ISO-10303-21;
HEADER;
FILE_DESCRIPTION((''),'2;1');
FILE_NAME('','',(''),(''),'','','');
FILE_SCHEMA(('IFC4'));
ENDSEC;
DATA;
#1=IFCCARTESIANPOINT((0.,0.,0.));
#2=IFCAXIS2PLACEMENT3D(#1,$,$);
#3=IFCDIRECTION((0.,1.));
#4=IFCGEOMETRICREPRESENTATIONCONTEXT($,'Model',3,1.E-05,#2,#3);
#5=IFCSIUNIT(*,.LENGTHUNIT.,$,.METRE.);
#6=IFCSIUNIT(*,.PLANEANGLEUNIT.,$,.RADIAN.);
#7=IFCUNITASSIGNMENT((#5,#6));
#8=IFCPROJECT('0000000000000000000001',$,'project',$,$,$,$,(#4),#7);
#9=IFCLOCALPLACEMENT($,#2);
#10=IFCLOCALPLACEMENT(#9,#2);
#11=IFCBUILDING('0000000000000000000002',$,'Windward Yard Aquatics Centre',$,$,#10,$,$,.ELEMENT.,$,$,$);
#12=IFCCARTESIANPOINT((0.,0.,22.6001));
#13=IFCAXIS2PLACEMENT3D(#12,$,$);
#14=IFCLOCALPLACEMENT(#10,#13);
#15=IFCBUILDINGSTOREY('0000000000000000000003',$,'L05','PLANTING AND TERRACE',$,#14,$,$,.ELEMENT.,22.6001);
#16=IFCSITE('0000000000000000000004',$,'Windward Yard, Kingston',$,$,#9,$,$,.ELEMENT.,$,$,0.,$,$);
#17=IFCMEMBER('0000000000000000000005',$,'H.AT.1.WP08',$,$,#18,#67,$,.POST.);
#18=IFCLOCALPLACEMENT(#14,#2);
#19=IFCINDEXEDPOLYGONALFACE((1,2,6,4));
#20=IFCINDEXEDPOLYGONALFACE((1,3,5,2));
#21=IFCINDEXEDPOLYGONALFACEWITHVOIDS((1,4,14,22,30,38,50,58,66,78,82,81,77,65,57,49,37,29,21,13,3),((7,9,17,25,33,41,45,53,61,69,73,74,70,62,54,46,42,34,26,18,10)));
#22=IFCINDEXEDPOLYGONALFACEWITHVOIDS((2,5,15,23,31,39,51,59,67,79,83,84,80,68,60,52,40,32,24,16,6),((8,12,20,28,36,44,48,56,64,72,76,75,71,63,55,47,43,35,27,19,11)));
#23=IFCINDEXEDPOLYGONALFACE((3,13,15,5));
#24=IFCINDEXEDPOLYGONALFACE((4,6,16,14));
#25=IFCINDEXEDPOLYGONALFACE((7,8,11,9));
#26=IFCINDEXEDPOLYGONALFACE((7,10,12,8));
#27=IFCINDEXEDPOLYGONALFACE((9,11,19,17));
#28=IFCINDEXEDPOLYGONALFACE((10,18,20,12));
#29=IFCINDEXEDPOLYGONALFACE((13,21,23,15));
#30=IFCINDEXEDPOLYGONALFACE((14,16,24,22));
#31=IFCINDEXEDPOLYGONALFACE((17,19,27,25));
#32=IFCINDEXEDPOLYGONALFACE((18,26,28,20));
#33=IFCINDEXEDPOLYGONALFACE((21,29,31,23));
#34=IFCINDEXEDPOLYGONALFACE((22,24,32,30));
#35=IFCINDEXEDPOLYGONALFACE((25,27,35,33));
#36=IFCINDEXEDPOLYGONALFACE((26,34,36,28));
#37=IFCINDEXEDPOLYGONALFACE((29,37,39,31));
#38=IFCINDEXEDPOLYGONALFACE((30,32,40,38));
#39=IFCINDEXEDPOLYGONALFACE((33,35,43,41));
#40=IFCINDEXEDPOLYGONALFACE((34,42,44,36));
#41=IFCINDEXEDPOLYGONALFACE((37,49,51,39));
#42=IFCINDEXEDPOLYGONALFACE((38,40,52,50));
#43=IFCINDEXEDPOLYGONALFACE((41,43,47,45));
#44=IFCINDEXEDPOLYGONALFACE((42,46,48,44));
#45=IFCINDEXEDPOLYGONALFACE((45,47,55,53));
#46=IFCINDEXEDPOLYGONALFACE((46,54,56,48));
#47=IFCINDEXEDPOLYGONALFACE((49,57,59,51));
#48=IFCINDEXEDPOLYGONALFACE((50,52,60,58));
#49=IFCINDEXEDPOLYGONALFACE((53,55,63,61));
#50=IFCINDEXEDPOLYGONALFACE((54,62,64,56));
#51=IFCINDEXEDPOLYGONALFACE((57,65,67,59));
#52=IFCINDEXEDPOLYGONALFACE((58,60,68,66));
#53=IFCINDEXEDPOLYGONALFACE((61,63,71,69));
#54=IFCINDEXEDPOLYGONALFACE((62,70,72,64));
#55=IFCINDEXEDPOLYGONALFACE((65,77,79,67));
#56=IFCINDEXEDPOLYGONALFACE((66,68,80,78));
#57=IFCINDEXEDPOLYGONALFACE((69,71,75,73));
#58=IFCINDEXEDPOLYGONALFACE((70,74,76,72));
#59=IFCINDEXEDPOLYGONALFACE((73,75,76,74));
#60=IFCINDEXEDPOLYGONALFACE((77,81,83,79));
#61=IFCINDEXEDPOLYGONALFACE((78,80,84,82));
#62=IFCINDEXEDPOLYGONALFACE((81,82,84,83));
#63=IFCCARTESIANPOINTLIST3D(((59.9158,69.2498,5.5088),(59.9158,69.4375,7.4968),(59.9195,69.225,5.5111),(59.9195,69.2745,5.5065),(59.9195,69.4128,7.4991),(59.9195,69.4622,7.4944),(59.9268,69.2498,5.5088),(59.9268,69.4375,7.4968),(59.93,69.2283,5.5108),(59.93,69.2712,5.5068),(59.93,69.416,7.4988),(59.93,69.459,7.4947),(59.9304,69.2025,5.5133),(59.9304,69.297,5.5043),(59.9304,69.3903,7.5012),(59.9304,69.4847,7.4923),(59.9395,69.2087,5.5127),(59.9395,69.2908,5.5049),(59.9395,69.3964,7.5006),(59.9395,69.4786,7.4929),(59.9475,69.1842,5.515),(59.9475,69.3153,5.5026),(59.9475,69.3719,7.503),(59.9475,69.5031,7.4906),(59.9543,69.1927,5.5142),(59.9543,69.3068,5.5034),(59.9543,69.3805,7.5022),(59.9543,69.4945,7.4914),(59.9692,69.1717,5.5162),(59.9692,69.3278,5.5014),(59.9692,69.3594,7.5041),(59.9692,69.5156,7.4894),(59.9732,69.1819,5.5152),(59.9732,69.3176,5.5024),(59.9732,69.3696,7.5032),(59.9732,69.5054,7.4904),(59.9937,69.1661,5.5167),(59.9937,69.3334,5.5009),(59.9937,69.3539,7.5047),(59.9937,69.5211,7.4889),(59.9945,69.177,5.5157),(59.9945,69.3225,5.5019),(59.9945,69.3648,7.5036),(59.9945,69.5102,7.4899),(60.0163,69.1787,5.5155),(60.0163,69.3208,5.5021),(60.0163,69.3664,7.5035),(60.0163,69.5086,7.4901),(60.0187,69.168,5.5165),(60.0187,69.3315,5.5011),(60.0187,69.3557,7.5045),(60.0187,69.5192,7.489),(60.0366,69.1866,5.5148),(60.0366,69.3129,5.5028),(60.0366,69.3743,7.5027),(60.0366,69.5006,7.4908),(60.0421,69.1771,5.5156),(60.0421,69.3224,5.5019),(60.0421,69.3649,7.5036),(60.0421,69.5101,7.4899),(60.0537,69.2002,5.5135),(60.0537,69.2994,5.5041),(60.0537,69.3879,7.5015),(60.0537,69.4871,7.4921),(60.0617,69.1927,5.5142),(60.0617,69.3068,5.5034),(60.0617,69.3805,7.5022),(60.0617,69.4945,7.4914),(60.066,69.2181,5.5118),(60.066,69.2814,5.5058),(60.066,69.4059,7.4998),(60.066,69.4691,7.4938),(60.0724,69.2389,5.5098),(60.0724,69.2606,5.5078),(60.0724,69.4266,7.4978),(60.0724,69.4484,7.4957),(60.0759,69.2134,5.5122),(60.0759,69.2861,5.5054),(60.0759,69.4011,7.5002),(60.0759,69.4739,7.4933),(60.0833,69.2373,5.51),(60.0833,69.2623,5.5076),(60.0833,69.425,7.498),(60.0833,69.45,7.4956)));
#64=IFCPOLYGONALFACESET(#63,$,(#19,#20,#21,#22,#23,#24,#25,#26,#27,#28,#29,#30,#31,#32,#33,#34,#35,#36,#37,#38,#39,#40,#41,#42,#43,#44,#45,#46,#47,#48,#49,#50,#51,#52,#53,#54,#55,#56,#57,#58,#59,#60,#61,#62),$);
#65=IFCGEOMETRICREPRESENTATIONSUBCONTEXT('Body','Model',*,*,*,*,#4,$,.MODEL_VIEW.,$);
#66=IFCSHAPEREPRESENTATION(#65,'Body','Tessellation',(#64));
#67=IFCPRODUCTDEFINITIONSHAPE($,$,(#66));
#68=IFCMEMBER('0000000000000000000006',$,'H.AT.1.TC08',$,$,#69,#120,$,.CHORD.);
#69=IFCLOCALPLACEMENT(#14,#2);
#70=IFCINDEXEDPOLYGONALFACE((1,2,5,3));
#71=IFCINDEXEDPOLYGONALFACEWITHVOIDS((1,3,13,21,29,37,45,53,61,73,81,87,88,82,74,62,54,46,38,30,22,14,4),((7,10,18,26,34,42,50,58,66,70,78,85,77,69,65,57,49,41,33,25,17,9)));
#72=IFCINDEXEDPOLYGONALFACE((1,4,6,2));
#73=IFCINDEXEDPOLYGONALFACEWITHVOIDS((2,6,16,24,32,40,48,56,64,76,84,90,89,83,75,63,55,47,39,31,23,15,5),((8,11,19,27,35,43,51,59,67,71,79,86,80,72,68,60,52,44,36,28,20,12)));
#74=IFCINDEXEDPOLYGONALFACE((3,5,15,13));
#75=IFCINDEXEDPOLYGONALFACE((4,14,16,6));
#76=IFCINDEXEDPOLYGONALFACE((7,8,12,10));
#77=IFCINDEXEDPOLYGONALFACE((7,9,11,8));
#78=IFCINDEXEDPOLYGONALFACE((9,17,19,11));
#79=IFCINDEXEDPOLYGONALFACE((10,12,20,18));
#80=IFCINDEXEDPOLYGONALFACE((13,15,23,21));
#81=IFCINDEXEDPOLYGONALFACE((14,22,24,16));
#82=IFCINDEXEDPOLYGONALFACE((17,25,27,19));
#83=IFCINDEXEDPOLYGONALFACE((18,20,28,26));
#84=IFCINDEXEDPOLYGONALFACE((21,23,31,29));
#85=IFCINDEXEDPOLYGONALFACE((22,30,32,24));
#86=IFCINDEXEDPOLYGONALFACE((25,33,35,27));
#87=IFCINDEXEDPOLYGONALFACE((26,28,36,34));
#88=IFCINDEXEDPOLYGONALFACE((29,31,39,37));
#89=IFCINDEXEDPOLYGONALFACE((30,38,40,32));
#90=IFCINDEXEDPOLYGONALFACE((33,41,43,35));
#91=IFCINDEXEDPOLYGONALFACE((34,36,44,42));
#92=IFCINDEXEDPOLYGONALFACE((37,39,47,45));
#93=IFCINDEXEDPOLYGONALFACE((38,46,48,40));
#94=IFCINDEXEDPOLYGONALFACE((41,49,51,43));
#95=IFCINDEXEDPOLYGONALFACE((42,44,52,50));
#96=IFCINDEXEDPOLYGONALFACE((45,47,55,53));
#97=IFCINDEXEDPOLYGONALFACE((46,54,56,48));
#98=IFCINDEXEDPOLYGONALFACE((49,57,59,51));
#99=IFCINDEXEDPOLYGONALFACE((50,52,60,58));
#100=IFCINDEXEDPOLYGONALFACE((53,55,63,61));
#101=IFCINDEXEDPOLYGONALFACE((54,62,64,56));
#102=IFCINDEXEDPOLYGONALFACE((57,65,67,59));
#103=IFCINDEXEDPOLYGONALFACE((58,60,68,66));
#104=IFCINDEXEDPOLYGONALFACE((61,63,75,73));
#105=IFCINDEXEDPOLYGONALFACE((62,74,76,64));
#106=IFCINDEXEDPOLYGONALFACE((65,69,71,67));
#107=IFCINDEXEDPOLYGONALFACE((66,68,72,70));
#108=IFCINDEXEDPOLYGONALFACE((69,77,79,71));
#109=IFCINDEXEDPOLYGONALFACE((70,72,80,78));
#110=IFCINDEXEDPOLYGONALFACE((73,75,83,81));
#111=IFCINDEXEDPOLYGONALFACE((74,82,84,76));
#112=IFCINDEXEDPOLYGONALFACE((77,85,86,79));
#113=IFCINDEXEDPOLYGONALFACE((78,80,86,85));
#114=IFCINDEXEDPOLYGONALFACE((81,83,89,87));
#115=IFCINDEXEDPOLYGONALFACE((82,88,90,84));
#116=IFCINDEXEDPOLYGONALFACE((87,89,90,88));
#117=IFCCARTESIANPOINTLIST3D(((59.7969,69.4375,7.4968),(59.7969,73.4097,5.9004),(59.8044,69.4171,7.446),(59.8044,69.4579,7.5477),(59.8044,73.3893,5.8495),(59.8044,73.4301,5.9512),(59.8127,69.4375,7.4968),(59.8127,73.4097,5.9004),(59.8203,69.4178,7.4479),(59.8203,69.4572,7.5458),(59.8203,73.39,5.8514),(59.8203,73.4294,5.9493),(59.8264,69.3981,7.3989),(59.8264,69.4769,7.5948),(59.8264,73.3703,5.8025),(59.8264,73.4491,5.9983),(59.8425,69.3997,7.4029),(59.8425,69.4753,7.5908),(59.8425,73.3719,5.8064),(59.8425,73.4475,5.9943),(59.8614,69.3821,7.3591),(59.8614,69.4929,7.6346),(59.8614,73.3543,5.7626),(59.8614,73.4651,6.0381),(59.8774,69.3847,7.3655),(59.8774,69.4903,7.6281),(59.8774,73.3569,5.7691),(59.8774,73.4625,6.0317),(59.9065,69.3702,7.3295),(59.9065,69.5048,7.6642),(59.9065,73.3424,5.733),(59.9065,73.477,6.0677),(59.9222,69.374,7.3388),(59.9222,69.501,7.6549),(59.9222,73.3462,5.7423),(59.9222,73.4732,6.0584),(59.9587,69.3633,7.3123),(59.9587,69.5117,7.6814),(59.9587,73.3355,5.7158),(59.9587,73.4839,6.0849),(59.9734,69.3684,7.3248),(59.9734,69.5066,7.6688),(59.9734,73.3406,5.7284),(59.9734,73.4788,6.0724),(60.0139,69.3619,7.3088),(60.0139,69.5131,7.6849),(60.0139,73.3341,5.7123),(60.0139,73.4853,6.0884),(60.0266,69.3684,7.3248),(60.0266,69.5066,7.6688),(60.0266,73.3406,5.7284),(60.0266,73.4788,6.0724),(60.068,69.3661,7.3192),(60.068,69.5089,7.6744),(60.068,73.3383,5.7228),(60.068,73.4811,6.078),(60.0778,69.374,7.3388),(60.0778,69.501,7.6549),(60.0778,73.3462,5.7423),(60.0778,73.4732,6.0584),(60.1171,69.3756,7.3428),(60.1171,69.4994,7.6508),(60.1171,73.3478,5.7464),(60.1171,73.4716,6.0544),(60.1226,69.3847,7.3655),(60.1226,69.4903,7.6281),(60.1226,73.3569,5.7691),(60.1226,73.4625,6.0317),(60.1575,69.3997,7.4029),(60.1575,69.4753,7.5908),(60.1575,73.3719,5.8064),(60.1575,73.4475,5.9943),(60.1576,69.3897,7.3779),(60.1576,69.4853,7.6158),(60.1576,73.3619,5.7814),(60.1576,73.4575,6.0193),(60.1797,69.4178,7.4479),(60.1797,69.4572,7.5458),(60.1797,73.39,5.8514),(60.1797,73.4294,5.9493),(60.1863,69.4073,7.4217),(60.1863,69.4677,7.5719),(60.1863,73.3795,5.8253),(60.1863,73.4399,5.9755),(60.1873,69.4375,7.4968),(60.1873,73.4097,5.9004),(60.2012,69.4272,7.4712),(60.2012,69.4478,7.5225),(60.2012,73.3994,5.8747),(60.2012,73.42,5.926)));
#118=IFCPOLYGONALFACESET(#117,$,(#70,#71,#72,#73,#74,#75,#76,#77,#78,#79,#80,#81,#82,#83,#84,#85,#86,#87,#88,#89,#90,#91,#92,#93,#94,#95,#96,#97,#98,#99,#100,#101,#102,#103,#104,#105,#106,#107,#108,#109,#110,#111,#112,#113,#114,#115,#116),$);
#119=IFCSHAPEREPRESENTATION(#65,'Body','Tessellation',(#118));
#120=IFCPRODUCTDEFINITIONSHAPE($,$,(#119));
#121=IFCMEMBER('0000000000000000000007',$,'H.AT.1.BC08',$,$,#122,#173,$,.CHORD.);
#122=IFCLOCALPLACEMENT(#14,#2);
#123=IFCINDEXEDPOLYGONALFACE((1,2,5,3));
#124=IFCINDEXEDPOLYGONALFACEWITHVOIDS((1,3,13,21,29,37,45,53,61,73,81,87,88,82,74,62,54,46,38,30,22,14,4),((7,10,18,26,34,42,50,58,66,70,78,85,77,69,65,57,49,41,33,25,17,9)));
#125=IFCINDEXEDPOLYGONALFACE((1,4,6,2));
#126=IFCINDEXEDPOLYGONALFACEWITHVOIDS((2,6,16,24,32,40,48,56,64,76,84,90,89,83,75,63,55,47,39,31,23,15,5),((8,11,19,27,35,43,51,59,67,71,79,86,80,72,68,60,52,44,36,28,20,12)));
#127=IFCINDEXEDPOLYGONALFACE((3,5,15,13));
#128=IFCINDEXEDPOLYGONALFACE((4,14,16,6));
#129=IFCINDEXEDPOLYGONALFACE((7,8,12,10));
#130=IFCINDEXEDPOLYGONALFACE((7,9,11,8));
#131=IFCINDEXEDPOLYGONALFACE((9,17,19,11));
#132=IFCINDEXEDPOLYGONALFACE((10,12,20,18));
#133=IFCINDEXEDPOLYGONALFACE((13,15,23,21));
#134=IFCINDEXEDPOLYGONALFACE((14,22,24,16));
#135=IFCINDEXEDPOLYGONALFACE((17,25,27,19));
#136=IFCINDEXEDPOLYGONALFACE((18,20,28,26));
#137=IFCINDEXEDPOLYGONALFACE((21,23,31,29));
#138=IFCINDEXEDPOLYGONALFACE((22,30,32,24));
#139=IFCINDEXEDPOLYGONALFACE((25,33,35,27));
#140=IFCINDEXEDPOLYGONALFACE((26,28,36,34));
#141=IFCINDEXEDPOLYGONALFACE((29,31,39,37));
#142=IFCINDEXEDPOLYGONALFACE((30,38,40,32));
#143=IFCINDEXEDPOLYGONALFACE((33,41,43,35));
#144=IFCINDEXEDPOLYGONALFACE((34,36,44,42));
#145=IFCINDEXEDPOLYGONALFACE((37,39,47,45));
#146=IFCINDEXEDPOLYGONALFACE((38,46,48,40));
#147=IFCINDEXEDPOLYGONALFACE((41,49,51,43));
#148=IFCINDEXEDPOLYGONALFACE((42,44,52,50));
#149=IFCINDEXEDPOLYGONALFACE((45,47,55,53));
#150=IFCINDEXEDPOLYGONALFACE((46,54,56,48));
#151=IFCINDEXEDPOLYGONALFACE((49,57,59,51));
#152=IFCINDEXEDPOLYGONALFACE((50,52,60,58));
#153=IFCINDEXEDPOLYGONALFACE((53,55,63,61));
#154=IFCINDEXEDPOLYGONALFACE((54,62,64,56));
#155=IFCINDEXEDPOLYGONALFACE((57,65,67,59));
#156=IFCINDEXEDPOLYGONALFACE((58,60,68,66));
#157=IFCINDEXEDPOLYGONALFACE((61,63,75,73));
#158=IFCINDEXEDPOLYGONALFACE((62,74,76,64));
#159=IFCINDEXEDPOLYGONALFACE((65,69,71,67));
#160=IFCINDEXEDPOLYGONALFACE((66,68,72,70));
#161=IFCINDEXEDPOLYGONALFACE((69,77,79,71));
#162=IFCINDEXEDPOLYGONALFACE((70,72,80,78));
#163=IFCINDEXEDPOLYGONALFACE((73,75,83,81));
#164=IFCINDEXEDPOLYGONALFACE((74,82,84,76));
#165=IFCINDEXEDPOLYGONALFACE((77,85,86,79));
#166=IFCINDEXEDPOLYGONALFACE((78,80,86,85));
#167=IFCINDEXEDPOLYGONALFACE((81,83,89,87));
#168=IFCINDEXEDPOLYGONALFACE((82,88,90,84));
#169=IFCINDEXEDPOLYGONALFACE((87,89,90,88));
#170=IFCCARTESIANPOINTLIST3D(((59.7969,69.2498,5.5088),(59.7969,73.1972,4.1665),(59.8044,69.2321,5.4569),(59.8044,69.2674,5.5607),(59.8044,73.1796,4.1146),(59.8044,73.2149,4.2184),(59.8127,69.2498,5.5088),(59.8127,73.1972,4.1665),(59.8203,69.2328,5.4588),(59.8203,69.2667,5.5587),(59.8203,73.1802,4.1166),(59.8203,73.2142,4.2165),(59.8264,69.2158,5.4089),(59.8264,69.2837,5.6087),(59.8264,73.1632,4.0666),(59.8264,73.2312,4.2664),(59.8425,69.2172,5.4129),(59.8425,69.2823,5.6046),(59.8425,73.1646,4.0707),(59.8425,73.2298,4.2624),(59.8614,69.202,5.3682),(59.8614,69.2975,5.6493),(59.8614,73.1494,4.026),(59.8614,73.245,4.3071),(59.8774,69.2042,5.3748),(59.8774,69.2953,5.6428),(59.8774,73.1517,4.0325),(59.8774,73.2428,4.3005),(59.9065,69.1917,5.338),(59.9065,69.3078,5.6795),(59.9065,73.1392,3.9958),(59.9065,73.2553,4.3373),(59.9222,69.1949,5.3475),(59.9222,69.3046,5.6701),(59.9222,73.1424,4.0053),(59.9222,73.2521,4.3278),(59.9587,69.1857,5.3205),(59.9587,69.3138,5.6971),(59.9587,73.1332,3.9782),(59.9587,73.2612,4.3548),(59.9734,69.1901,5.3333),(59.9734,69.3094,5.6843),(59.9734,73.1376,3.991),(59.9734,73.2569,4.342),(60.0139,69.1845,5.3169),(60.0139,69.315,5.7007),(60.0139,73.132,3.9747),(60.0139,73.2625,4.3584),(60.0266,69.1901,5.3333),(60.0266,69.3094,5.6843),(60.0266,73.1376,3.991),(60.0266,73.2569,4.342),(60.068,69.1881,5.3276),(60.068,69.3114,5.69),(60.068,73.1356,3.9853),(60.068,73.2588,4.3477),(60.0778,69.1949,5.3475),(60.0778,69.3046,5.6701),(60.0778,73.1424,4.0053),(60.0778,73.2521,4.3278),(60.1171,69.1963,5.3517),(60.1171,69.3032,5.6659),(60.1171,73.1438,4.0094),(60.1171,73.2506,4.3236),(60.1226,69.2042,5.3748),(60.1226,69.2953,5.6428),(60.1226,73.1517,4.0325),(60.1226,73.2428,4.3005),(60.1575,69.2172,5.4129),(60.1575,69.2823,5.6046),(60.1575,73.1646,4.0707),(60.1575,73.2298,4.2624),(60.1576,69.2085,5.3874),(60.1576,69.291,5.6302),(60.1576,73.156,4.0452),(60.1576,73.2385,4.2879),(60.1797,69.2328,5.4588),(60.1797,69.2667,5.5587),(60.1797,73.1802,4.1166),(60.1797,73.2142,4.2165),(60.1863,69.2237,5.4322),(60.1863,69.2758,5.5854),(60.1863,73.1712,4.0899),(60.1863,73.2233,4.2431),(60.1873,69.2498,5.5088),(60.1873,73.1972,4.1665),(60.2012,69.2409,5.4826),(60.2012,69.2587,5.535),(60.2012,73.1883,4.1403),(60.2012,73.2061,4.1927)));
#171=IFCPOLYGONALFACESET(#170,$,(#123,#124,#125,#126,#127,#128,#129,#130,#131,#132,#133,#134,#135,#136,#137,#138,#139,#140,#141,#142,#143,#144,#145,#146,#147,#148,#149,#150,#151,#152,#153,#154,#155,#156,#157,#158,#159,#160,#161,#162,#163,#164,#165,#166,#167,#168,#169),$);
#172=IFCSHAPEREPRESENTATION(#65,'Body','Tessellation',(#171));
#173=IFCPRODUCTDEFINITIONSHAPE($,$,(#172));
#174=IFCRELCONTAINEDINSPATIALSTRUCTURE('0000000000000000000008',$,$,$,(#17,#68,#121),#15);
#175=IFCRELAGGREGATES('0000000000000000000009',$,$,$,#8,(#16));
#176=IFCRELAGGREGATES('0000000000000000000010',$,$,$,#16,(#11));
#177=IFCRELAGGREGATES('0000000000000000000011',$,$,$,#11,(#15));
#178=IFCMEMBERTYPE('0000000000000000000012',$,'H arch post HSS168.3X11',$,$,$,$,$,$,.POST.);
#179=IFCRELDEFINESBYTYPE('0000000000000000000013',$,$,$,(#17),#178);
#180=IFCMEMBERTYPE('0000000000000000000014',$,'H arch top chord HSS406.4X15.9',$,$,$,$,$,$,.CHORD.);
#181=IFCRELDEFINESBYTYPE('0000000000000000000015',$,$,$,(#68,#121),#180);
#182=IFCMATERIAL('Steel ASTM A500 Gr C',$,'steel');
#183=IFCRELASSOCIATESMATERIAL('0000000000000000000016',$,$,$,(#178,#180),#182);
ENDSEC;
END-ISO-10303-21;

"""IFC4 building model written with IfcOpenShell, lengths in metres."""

from ifc_helpers import new_model, si_unit, direction, frame, origin, origin_2d, place, context, subcontext, project, spatial, hollow_circle, extrude, material, material_profile, profile_set, type_object, element, save


model = new_model("IFC4")

# Units and contexts
model_context = context("Model", 3, precision=1e-05, world=origin(), true_north=direction((0.0, 1.0)))
body_context = subcontext(model_context, "Body", "Model", "MODEL_VIEW")
ifc_project = project(units=[si_unit("LENGTHUNIT", "METRE"), si_unit("PLANEANGLEUNIT", "RADIAN")], contexts=[model_context])

# Site, building, storey
site_placement = place(None, origin())
site = spatial("IfcSite", under=ifc_project, at=site_placement, Name="Windward Yard, Kingston", CompositionType="ELEMENT", RefElevation=0.0)
building_placement = place(site_placement, origin())
building = spatial("IfcBuilding", under=site, at=building_placement, Name="Windward Yard Aquatics Centre", CompositionType="ELEMENT")
storey_placement = place(building_placement, frame((0.0, 0.0, 22.6001)))
storey = spatial("IfcBuildingStorey", under=building, at=storey_placement, Name="L05", Description="PLANTING AND TERRACE", CompositionType="ELEMENT", Elevation=22.6001)

# Members
ifc_material_1 = material(Name="Steel ASTM A500 Gr C", Category="steel")
ifc_material_profile_1 = material_profile(ifc_material_1, hollow_circle(Radius=0.0842, WallThickness=0.011, at=origin_2d()), Name="HSS168.3X11")
ifc_profile_set_1 = profile_set([ifc_material_profile_1], Name="Steel ASTM A500 Gr C")
member_type_1 = type_object("IfcMemberType", Name="H arch post HSS168.3X11", PredefinedType="POST", material=ifc_profile_set_1)
member_1_placement = place(storey_placement, frame((60.0, 69.2498, 5.5088), z_axis=(0.0, 0.094019, 0.99557), x_axis=(-1.0, 0.0, 0.0)))
element("IfcMember", 1, at=member_1_placement, inside=storey, type_object=member_type_1, Name="H.AT.1.WP08", PredefinedType="POST", context=body_context, shape_type="SweptSolid", body=[
    extrude(hollow_circle(Radius=0.0842, WallThickness=0.011, at=origin_2d()), origin(), (0.0, 0.0, 1.0), 1.9968),
])
ifc_material_profile_2 = material_profile(ifc_material_1, hollow_circle(Radius=0.2031, WallThickness=0.0159, at=origin_2d()), Name="HSS406.4X15.9")
ifc_profile_set_2 = profile_set([ifc_material_profile_2], Name="Steel ASTM A500 Gr C")
member_type_2 = type_object("IfcMemberType", Name="H arch top chord HSS406.4X15.9", PredefinedType="CHORD", material=ifc_profile_set_2)
member_2_placement = place(storey_placement, frame((60.0, 69.4375, 7.4968), z_axis=(0.0, 0.927866, -0.372914), x_axis=(-1.0, 0.0, 0.0)))
element("IfcMember", 2, at=member_2_placement, inside=storey, type_object=member_type_2, Name="H.AT.1.TC08", PredefinedType="CHORD", context=body_context, shape_type="SweptSolid", body=[
    extrude(hollow_circle(Radius=0.2031, WallThickness=0.0159, at=origin_2d()), origin(), (0.0, 0.0, 1.0), 4.281),
])
member_3_placement = place(storey_placement, frame((60.0, 69.2498, 5.5088), z_axis=(0.0, 0.946763, -0.321931), x_axis=(-1.0, 0.0, 0.0)))
element("IfcMember", 3, at=member_3_placement, inside=storey, type_object=member_type_2, Name="H.AT.1.BC08", PredefinedType="CHORD", context=body_context, shape_type="SweptSolid", body=[
    extrude(hollow_circle(Radius=0.2031, WallThickness=0.0159, at=origin_2d()), origin(), (0.0, 0.0, 1.0), 4.1694),
])

save(model, "model.ifc")
